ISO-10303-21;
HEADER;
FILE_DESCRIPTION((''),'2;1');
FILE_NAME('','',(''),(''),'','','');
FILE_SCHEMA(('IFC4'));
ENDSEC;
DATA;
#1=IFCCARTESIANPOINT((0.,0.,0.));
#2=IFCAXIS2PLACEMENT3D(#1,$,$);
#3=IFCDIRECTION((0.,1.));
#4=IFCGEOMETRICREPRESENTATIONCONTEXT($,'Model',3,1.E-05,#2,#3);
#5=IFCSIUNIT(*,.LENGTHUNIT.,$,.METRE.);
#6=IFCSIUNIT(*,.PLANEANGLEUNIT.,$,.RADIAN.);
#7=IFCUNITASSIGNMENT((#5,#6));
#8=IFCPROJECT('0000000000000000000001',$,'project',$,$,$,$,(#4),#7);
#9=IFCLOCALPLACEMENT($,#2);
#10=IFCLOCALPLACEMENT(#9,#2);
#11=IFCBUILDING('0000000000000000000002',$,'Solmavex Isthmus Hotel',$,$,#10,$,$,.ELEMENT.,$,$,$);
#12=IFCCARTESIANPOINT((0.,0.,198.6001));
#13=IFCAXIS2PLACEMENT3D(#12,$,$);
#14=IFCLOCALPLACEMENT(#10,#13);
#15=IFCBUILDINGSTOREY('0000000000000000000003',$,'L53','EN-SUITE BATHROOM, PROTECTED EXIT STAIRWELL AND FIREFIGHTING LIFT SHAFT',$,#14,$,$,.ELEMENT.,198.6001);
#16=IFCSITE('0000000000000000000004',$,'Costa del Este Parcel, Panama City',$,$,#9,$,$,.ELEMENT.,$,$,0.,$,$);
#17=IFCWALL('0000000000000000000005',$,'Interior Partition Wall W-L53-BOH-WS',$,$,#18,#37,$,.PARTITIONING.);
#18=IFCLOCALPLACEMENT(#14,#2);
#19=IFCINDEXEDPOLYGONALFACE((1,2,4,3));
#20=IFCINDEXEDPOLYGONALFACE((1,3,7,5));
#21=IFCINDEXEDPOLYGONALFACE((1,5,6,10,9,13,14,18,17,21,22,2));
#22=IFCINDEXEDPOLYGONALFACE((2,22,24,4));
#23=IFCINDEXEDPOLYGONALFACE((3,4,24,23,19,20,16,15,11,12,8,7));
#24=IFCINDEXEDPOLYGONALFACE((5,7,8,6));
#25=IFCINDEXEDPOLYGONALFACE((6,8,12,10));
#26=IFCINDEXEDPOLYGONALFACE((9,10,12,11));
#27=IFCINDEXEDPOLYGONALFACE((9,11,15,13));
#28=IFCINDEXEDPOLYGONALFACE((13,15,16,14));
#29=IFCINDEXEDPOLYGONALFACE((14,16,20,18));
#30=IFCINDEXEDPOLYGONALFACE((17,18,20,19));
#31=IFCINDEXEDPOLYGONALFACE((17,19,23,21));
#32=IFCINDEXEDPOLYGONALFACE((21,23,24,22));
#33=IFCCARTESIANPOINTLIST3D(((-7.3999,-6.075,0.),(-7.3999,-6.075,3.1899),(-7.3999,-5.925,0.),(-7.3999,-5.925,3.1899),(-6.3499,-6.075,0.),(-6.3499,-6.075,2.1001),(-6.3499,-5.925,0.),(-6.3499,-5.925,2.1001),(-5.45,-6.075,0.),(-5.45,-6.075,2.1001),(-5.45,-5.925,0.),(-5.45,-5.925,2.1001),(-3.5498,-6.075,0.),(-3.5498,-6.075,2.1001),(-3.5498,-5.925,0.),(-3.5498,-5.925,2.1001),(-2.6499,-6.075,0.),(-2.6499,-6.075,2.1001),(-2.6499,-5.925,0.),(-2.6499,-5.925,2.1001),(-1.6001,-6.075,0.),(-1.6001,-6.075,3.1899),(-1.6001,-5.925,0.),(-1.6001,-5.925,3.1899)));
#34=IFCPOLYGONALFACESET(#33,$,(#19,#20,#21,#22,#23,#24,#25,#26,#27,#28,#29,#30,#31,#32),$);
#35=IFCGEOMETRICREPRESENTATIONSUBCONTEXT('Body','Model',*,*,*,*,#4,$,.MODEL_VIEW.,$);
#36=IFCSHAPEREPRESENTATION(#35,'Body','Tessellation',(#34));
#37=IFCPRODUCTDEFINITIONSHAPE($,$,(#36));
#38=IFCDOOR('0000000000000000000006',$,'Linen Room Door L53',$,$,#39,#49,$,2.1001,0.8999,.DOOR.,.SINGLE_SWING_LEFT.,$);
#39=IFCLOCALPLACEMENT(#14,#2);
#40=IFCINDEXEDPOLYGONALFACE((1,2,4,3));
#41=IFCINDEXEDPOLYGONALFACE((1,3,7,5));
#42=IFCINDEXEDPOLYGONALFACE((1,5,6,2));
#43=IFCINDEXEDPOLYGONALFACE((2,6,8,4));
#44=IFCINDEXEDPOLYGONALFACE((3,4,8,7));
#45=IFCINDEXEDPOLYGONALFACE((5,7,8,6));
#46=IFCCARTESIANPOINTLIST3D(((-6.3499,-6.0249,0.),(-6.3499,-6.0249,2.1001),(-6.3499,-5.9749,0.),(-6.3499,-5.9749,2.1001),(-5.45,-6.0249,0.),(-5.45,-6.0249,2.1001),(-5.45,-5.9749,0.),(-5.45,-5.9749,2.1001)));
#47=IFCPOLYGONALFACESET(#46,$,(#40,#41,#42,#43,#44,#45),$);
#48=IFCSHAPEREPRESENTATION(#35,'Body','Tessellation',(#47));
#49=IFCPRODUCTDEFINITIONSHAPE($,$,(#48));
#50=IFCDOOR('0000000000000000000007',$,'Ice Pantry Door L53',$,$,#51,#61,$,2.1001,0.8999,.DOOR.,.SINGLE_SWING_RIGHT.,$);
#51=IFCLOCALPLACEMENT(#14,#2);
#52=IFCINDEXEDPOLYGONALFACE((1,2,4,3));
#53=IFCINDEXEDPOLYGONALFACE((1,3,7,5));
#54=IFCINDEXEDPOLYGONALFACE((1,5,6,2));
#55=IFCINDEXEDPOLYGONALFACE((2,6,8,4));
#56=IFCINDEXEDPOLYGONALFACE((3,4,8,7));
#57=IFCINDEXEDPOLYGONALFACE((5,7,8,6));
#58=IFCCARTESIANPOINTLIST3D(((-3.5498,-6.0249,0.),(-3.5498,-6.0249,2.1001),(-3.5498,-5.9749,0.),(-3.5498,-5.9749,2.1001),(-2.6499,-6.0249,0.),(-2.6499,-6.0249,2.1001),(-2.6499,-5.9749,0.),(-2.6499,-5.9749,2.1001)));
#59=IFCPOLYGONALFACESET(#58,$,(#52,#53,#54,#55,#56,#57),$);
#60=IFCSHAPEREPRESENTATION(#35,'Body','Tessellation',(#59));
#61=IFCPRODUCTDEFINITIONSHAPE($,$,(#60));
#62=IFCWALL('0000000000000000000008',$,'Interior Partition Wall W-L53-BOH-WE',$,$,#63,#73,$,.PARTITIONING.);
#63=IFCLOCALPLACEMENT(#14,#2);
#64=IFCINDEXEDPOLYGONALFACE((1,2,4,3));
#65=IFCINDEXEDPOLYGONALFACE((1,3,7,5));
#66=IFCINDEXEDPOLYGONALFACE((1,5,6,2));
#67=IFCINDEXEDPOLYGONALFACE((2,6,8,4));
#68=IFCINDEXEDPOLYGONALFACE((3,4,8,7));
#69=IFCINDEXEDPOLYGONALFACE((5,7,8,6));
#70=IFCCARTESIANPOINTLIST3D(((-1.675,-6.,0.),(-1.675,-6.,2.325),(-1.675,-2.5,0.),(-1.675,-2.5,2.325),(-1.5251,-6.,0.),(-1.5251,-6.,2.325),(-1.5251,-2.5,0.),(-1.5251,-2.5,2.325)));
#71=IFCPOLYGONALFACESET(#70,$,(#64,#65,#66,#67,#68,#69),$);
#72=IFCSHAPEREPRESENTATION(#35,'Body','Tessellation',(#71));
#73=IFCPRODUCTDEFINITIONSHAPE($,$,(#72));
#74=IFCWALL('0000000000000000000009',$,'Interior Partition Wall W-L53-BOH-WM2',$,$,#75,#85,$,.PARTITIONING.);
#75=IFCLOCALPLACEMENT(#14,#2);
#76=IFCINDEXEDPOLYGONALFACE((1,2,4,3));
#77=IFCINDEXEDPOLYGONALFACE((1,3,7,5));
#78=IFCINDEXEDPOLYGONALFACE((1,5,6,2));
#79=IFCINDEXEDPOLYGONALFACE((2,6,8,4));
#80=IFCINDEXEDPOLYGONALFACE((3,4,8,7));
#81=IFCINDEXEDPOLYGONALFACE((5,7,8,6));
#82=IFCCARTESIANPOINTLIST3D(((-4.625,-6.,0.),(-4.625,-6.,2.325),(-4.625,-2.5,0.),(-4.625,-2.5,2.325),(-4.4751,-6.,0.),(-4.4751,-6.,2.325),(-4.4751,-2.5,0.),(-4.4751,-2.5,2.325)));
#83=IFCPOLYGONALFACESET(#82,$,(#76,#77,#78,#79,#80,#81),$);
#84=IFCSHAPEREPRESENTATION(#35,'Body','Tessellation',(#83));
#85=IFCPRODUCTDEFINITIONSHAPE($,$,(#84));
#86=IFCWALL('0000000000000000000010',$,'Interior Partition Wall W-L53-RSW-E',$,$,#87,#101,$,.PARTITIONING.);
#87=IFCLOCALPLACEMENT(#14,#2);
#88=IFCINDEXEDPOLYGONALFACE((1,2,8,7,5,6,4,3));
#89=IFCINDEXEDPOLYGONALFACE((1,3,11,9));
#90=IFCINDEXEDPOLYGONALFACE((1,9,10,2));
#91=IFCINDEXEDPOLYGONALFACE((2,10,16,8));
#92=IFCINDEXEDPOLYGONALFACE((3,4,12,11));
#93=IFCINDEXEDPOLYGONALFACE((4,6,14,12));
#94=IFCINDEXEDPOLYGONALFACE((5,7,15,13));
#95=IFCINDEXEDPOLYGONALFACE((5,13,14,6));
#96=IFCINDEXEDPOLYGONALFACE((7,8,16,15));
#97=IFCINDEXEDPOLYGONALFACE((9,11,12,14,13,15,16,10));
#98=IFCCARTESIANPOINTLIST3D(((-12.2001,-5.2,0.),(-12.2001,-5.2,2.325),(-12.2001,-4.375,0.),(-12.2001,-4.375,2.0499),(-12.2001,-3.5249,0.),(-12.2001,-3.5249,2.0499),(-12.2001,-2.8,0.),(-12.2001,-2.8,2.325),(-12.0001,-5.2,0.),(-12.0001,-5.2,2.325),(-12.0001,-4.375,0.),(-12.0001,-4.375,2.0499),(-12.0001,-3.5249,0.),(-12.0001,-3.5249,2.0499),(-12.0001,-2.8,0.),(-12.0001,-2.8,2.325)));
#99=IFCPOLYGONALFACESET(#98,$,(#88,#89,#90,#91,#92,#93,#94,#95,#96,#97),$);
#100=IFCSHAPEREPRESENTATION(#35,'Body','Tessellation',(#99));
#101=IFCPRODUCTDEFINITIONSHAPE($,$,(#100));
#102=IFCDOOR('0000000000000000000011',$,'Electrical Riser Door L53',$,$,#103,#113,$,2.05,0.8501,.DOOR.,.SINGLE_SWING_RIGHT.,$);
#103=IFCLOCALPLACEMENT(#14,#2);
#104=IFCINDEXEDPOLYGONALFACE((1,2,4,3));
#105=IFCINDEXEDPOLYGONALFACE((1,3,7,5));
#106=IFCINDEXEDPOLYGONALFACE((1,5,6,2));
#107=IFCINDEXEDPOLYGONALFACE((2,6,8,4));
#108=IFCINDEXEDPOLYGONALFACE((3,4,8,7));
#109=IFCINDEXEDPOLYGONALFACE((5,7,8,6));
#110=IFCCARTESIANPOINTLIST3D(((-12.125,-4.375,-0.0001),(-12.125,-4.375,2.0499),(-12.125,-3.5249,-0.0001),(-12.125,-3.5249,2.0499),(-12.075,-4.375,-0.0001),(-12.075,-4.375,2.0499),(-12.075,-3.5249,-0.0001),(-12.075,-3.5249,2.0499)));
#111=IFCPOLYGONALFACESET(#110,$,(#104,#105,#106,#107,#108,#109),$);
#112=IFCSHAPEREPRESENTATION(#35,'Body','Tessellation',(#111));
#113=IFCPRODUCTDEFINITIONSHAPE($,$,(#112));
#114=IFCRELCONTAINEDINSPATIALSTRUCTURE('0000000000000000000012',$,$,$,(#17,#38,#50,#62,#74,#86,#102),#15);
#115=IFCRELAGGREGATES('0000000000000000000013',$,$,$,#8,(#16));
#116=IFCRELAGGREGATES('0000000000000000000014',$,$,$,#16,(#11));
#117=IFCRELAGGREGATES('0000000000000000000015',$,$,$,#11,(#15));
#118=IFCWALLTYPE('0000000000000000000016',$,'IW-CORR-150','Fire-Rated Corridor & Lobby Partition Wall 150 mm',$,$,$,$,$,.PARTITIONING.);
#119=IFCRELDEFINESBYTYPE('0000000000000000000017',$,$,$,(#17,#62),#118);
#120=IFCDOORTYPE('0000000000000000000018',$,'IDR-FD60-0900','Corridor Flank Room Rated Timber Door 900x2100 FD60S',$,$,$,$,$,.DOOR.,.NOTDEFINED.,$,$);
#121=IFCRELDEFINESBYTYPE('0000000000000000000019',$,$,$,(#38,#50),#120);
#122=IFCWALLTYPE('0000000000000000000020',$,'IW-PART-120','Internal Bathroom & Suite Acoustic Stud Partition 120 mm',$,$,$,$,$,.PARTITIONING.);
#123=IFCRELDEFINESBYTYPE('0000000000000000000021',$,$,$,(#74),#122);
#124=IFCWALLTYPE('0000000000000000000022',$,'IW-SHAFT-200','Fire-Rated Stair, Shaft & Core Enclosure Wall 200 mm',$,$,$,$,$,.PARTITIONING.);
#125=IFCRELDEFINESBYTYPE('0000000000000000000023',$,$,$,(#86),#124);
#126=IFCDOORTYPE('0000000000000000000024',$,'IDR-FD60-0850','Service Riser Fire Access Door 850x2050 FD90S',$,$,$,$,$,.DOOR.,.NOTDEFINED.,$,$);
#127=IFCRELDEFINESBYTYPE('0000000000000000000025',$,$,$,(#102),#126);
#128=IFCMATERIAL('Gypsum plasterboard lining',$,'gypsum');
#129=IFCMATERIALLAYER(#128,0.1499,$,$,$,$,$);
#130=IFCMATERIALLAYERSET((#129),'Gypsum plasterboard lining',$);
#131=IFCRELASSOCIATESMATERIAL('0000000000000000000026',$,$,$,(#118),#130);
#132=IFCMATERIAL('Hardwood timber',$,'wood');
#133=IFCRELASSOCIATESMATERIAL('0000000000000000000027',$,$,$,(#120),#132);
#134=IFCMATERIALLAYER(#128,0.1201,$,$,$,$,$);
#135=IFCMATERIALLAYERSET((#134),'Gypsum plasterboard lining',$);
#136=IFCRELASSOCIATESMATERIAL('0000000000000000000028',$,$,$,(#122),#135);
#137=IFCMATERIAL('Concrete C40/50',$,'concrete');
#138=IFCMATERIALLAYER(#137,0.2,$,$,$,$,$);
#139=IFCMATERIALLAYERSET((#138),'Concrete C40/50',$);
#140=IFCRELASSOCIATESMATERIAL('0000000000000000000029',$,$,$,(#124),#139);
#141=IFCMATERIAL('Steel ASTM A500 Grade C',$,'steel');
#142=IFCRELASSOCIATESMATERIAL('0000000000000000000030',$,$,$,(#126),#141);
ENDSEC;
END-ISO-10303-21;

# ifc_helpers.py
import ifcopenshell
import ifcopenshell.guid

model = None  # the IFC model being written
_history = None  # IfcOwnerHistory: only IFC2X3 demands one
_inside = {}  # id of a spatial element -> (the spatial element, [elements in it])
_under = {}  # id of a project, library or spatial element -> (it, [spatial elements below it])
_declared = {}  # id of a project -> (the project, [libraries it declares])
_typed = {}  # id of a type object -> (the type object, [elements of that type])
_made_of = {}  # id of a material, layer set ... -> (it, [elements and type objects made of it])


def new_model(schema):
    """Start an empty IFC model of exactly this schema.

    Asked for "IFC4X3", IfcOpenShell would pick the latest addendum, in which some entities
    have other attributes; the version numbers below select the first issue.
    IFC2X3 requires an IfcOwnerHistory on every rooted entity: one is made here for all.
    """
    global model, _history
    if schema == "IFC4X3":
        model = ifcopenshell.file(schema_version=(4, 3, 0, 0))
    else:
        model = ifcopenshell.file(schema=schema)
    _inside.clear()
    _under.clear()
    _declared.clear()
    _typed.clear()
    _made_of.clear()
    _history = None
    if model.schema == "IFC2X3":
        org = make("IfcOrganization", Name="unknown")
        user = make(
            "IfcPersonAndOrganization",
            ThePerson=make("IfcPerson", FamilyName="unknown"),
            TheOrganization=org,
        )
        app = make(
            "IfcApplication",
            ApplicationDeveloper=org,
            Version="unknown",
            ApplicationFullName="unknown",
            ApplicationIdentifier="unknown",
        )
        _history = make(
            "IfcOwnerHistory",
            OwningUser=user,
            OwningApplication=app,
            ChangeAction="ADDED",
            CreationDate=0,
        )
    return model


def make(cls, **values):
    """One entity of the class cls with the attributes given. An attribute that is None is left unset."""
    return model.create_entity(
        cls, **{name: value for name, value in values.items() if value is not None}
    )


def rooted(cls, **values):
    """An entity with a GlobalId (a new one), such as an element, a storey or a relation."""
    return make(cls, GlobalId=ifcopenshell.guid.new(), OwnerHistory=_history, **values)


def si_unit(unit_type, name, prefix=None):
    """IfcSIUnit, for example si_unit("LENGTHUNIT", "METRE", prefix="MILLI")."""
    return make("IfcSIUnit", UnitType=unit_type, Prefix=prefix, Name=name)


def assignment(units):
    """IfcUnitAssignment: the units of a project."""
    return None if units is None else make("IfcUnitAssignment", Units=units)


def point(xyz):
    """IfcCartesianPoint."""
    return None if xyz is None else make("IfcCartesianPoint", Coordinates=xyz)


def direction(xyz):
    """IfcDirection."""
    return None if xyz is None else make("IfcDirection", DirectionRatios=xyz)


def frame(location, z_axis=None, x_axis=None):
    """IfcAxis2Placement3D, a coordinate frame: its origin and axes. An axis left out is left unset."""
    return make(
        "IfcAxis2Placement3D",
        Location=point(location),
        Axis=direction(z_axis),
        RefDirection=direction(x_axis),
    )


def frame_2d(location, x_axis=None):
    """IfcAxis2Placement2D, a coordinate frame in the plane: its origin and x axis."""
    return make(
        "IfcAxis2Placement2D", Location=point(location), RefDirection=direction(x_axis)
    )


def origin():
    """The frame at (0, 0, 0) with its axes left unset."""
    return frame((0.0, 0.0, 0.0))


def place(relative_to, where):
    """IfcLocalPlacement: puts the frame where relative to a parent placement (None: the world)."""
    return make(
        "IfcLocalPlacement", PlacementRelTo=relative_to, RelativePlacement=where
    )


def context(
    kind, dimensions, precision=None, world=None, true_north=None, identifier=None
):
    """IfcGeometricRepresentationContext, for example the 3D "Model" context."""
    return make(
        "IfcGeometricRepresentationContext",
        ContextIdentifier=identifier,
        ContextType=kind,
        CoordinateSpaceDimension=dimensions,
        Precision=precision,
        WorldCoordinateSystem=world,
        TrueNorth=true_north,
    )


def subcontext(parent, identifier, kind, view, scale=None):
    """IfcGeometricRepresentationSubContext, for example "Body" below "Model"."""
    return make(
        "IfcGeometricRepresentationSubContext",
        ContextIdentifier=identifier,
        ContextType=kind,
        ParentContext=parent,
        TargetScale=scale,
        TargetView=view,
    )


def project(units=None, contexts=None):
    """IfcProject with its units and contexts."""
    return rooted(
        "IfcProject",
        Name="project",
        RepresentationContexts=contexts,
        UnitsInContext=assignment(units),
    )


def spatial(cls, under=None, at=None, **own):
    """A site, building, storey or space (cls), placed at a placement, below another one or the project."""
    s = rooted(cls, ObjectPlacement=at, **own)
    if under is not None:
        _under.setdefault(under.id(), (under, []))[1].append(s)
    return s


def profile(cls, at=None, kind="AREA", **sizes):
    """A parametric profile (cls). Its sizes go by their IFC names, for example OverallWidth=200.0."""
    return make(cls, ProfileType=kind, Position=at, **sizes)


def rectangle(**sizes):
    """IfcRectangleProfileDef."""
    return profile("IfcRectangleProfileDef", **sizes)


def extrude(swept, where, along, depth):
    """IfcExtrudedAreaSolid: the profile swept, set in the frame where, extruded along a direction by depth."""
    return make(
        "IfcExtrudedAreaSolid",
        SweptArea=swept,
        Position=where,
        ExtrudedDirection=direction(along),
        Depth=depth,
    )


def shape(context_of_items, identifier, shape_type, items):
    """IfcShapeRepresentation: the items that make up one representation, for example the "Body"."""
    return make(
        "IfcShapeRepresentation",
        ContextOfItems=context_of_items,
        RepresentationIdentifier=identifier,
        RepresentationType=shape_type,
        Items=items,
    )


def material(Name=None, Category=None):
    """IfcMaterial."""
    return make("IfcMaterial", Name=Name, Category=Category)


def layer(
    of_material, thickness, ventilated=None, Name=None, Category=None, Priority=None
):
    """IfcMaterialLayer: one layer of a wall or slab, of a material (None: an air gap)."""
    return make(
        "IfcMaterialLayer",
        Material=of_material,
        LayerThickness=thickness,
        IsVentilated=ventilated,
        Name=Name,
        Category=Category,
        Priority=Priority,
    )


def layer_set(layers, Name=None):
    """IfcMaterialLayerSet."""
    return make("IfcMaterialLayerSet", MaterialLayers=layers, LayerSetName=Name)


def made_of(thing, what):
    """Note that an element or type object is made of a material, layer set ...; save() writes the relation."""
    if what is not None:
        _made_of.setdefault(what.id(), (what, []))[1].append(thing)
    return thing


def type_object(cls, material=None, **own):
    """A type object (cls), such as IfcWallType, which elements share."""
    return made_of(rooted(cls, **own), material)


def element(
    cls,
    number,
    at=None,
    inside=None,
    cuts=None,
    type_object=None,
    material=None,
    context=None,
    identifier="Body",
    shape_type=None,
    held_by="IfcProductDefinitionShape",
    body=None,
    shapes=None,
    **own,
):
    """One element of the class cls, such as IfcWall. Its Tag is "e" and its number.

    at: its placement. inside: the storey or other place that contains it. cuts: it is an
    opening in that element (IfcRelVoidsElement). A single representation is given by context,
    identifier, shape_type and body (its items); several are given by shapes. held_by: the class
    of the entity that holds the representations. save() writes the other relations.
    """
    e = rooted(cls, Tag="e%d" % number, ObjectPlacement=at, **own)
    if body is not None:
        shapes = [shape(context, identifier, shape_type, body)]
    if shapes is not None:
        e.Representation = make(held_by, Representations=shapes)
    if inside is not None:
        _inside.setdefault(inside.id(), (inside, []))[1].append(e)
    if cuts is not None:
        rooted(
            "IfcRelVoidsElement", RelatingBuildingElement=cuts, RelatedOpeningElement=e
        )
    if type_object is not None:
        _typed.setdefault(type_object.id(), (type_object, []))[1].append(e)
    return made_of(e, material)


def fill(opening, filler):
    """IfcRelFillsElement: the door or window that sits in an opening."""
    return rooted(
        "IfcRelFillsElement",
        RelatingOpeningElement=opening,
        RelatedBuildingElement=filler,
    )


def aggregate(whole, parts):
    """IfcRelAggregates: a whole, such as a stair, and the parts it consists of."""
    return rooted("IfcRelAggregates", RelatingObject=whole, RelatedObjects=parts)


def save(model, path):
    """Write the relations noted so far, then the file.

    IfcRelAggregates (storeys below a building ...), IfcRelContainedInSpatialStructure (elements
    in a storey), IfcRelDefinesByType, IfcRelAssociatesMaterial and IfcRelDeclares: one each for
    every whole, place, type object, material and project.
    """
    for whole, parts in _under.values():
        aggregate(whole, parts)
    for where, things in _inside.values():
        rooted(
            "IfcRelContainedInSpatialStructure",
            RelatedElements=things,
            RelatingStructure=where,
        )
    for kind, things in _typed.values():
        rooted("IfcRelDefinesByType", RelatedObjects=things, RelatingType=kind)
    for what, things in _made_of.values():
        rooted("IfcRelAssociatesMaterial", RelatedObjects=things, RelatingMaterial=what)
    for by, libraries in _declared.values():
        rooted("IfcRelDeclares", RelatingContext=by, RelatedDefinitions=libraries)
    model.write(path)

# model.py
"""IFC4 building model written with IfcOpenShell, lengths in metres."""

from ifc_helpers import new_model, si_unit, direction, frame, frame_2d, origin, place, context, subcontext, project, spatial, rectangle, extrude, material, layer, layer_set, type_object, element, fill, save


model = new_model("IFC4")

# Units and contexts
model_context = context("Model", 3, precision=1e-05, world=origin(), true_north=direction((0.0, 1.0)))
body_context = subcontext(model_context, "Body", "Model", "MODEL_VIEW")
ifc_project = project(units=[si_unit("LENGTHUNIT", "METRE"), si_unit("PLANEANGLEUNIT", "RADIAN")], contexts=[model_context])

# Site, building, storey
site_placement = place(None, origin())
site = spatial("IfcSite", under=ifc_project, at=site_placement, Name="Costa del Este Parcel, Panama City", CompositionType="ELEMENT", RefElevation=0.0)
building_placement = place(site_placement, origin())
building = spatial("IfcBuilding", under=site, at=building_placement, Name="Solmavex Isthmus Hotel", CompositionType="ELEMENT")
storey_placement = place(building_placement, frame((0.0, 0.0, 198.6001)))
storey = spatial("IfcBuildingStorey", under=building, at=storey_placement, Name="L53", Description="EN-SUITE BATHROOM, PROTECTED EXIT STAIRWELL AND FIREFIGHTING LIFT SHAFT", CompositionType="ELEMENT", Elevation=198.6001)

# Shared definitions
ifc_material_1 = material(Name="Concrete C40/50", Category="concrete")

# Shared definitions
ifc_material_2 = material(Name="Gypsum plasterboard lining", Category="gypsum")
ifc_material_3 = material(Name="Hardwood timber", Category="wood")

# Wall, openings, doors
ifc_layer_1 = layer(ifc_material_2, 0.1499)
ifc_layer_set_1 = layer_set([ifc_layer_1], Name="Gypsum plasterboard lining")
wall_type_1 = type_object("IfcWallType", Name="IW-CORR-150", Description="Fire-Rated Corridor & Lobby Partition Wall 150 mm", PredefinedType="PARTITIONING", material=ifc_layer_set_1)
wall_1_placement = place(storey_placement, frame((-7.3999, -6.0, 0.0), z_axis=(0.0, 0.0, 1.0), x_axis=(1.0, 0.0, 0.0)))
wall_1 = element("IfcWall", 1, at=wall_1_placement, inside=storey, type_object=wall_type_1, Name="Interior Partition Wall W-L53-BOH-WS", PredefinedType="PARTITIONING", context=body_context, shape_type="SweptSolid", body=[
    extrude(rectangle(XDim=5.7998, YDim=0.1499, at=frame_2d((2.8999, 0.0))), origin(), (0.0, 0.0, 1.0), 3.1899),
])
opening_1_placement = place(wall_1_placement, frame((1.05, 0.0, 0.0)))
opening_1 = element("IfcOpeningElement", 2, at=opening_1_placement, cuts=wall_1, PredefinedType="OPENING", context=body_context, shape_type="SweptSolid", body=[
    extrude(rectangle(XDim=0.8999, YDim=2.1001, at=frame_2d((0.45, 1.05))), frame((0.0, 0.085, 0.0), z_axis=(0.0, -1.0, 0.0), x_axis=(1.0, 0.0, 0.0)), (0.0, 0.0, 1.0), 0.1699),
])
opening_2_placement = place(wall_1_placement, frame((3.8501, 0.0, 0.0)))
opening_2 = element("IfcOpeningElement", 3, at=opening_2_placement, cuts=wall_1, PredefinedType="OPENING", context=body_context, shape_type="SweptSolid", body=[
    extrude(rectangle(XDim=0.8999, YDim=2.1001, at=frame_2d((0.45, 1.05))), frame((0.0, 0.085, 0.0), z_axis=(0.0, -1.0, 0.0), x_axis=(1.0, 0.0, 0.0)), (0.0, 0.0, 1.0), 0.1699),
])
door_type_1 = type_object("IfcDoorType", Name="IDR-FD60-0900", Description="Corridor Flank Room Rated Timber Door 900x2100 FD60S", OperationType="NOTDEFINED", PredefinedType="DOOR", material=ifc_material_3)
door_1_placement = place(opening_1_placement, frame((0.8999, 0.0, 0.0), z_axis=(0.0, 0.0, 1.0), x_axis=(-1.0, 0.0, 0.0)))
door_1 = element("IfcDoor", 4, at=door_1_placement, inside=storey, type_object=door_type_1, Name="Linen Room Door L53", OperationType="SINGLE_SWING_LEFT", OverallHeight=2.1001, OverallWidth=0.8999, PredefinedType="DOOR", context=body_context, shape_type="SweptSolid", body=[
    extrude(rectangle(XDim=0.8999, YDim=2.1001, at=frame_2d((0.45, 1.05))), frame((0.0, 0.0249, 0.0), z_axis=(0.0, -1.0, 0.0), x_axis=(1.0, 0.0, 0.0)), (0.0, 0.0, 1.0), 0.05),
])
fill(opening_1, door_1)
door_2_placement = place(opening_2_placement, frame((0.8999, 0.0, 0.0), z_axis=(0.0, 0.0, 1.0), x_axis=(-1.0, 0.0, 0.0)))
door_2 = element("IfcDoor", 5, at=door_2_placement, inside=storey, type_object=door_type_1, Name="Ice Pantry Door L53", OperationType="SINGLE_SWING_RIGHT", OverallHeight=2.1001, OverallWidth=0.8999, PredefinedType="DOOR", context=body_context, shape_type="SweptSolid", body=[
    extrude(rectangle(XDim=0.8999, YDim=2.1001, at=frame_2d((0.45, 1.05))), frame((0.0, 0.0249, 0.0), z_axis=(0.0, -1.0, 0.0), x_axis=(1.0, 0.0, 0.0)), (0.0, 0.0, 1.0), 0.05),
])
fill(opening_2, door_2)

# Walls
wall_2_placement = place(storey_placement, frame((-1.6001, -6.0, 0.0), z_axis=(0.0, 0.0, 1.0), x_axis=(0.0, 1.0, 0.0)))
element("IfcWall", 6, at=wall_2_placement, inside=storey, type_object=wall_type_1, Name="Interior Partition Wall W-L53-BOH-WE", PredefinedType="PARTITIONING", context=body_context, shape_type="SweptSolid", body=[
    extrude(rectangle(XDim=3.5, YDim=0.1499, at=frame_2d((1.75, 0.0))), origin(), (0.0, 0.0, 1.0), 2.325),
])
ifc_layer_2 = layer(ifc_material_2, 0.1201)
ifc_layer_set_2 = layer_set([ifc_layer_2], Name="Gypsum plasterboard lining")
wall_type_2 = type_object("IfcWallType", Name="IW-PART-120", Description="Internal Bathroom & Suite Acoustic Stud Partition 120 mm", PredefinedType="PARTITIONING", material=ifc_layer_set_2)
wall_3_placement = place(storey_placement, frame((-4.55, -6.0, 0.0), z_axis=(0.0, 0.0, 1.0), x_axis=(0.0, 1.0, 0.0)))
element("IfcWall", 7, at=wall_3_placement, inside=storey, type_object=wall_type_2, Name="Interior Partition Wall W-L53-BOH-WM2", PredefinedType="PARTITIONING", context=body_context, shape_type="SweptSolid", body=[
    extrude(rectangle(XDim=3.5, YDim=0.1499, at=frame_2d((1.75, 0.0))), origin(), (0.0, 0.0, 1.0), 2.325),
])

# Wall, opening, door
ifc_layer_3 = layer(ifc_material_1, 0.2)
ifc_layer_set_3 = layer_set([ifc_layer_3], Name="Concrete C40/50")
wall_type_3 = type_object("IfcWallType", Name="IW-SHAFT-200", Description="Fire-Rated Stair, Shaft & Core Enclosure Wall 200 mm", PredefinedType="PARTITIONING", material=ifc_layer_set_3)
wall_4_placement = place(storey_placement, frame((-12.1001, -5.2, 0.0), z_axis=(0.0, 0.0, 1.0), x_axis=(0.0, 1.0, 0.0)))
wall_4 = element("IfcWall", 8, at=wall_4_placement, inside=storey, type_object=wall_type_3, Name="Interior Partition Wall W-L53-RSW-E", PredefinedType="PARTITIONING", context=body_context, shape_type="SweptSolid", body=[
    extrude(rectangle(XDim=2.3999, YDim=0.2, at=frame_2d((1.2, 0.0))), origin(), (0.0, 0.0, 1.0), 2.325),
])
opening_3_placement = place(wall_4_placement, frame((0.825, 0.0, 0.0)))
opening_3 = element("IfcOpeningElement", 9, at=opening_3_placement, cuts=wall_4, PredefinedType="OPENING", context=body_context, shape_type="SweptSolid", body=[
    extrude(rectangle(XDim=0.8501, YDim=2.05, at=frame_2d((0.425, 1.0249))), frame((0.0, 0.1099, 0.0), z_axis=(0.0, -1.0, 0.0), x_axis=(1.0, 0.0, 0.0)), (0.0, 0.0, 1.0), 0.22),
])
ifc_material_4 = material(Name="Steel ASTM A500 Grade C", Category="steel")
door_type_2 = type_object("IfcDoorType", Name="IDR-FD60-0850", Description="Service Riser Fire Access Door 850x2050 FD90S", OperationType="NOTDEFINED", PredefinedType="DOOR", material=ifc_material_4)
door_3_placement = place(opening_3_placement, origin())
door_3 = element("IfcDoor", 10, at=door_3_placement, inside=storey, type_object=door_type_2, Name="Electrical Riser Door L53", OperationType="SINGLE_SWING_RIGHT", OverallHeight=2.05, OverallWidth=0.8501, PredefinedType="DOOR", context=body_context, shape_type="SweptSolid", body=[
    extrude(rectangle(XDim=0.8501, YDim=2.05, at=frame_2d((0.425, 1.0249))), frame((0.0, 0.0249, 0.0), z_axis=(0.0, -1.0, 0.0), x_axis=(1.0, 0.0, 0.0)), (0.0, 0.0, 1.0), 0.05),
])
fill(opening_3, door_3)

save(model, "model.ifc")
